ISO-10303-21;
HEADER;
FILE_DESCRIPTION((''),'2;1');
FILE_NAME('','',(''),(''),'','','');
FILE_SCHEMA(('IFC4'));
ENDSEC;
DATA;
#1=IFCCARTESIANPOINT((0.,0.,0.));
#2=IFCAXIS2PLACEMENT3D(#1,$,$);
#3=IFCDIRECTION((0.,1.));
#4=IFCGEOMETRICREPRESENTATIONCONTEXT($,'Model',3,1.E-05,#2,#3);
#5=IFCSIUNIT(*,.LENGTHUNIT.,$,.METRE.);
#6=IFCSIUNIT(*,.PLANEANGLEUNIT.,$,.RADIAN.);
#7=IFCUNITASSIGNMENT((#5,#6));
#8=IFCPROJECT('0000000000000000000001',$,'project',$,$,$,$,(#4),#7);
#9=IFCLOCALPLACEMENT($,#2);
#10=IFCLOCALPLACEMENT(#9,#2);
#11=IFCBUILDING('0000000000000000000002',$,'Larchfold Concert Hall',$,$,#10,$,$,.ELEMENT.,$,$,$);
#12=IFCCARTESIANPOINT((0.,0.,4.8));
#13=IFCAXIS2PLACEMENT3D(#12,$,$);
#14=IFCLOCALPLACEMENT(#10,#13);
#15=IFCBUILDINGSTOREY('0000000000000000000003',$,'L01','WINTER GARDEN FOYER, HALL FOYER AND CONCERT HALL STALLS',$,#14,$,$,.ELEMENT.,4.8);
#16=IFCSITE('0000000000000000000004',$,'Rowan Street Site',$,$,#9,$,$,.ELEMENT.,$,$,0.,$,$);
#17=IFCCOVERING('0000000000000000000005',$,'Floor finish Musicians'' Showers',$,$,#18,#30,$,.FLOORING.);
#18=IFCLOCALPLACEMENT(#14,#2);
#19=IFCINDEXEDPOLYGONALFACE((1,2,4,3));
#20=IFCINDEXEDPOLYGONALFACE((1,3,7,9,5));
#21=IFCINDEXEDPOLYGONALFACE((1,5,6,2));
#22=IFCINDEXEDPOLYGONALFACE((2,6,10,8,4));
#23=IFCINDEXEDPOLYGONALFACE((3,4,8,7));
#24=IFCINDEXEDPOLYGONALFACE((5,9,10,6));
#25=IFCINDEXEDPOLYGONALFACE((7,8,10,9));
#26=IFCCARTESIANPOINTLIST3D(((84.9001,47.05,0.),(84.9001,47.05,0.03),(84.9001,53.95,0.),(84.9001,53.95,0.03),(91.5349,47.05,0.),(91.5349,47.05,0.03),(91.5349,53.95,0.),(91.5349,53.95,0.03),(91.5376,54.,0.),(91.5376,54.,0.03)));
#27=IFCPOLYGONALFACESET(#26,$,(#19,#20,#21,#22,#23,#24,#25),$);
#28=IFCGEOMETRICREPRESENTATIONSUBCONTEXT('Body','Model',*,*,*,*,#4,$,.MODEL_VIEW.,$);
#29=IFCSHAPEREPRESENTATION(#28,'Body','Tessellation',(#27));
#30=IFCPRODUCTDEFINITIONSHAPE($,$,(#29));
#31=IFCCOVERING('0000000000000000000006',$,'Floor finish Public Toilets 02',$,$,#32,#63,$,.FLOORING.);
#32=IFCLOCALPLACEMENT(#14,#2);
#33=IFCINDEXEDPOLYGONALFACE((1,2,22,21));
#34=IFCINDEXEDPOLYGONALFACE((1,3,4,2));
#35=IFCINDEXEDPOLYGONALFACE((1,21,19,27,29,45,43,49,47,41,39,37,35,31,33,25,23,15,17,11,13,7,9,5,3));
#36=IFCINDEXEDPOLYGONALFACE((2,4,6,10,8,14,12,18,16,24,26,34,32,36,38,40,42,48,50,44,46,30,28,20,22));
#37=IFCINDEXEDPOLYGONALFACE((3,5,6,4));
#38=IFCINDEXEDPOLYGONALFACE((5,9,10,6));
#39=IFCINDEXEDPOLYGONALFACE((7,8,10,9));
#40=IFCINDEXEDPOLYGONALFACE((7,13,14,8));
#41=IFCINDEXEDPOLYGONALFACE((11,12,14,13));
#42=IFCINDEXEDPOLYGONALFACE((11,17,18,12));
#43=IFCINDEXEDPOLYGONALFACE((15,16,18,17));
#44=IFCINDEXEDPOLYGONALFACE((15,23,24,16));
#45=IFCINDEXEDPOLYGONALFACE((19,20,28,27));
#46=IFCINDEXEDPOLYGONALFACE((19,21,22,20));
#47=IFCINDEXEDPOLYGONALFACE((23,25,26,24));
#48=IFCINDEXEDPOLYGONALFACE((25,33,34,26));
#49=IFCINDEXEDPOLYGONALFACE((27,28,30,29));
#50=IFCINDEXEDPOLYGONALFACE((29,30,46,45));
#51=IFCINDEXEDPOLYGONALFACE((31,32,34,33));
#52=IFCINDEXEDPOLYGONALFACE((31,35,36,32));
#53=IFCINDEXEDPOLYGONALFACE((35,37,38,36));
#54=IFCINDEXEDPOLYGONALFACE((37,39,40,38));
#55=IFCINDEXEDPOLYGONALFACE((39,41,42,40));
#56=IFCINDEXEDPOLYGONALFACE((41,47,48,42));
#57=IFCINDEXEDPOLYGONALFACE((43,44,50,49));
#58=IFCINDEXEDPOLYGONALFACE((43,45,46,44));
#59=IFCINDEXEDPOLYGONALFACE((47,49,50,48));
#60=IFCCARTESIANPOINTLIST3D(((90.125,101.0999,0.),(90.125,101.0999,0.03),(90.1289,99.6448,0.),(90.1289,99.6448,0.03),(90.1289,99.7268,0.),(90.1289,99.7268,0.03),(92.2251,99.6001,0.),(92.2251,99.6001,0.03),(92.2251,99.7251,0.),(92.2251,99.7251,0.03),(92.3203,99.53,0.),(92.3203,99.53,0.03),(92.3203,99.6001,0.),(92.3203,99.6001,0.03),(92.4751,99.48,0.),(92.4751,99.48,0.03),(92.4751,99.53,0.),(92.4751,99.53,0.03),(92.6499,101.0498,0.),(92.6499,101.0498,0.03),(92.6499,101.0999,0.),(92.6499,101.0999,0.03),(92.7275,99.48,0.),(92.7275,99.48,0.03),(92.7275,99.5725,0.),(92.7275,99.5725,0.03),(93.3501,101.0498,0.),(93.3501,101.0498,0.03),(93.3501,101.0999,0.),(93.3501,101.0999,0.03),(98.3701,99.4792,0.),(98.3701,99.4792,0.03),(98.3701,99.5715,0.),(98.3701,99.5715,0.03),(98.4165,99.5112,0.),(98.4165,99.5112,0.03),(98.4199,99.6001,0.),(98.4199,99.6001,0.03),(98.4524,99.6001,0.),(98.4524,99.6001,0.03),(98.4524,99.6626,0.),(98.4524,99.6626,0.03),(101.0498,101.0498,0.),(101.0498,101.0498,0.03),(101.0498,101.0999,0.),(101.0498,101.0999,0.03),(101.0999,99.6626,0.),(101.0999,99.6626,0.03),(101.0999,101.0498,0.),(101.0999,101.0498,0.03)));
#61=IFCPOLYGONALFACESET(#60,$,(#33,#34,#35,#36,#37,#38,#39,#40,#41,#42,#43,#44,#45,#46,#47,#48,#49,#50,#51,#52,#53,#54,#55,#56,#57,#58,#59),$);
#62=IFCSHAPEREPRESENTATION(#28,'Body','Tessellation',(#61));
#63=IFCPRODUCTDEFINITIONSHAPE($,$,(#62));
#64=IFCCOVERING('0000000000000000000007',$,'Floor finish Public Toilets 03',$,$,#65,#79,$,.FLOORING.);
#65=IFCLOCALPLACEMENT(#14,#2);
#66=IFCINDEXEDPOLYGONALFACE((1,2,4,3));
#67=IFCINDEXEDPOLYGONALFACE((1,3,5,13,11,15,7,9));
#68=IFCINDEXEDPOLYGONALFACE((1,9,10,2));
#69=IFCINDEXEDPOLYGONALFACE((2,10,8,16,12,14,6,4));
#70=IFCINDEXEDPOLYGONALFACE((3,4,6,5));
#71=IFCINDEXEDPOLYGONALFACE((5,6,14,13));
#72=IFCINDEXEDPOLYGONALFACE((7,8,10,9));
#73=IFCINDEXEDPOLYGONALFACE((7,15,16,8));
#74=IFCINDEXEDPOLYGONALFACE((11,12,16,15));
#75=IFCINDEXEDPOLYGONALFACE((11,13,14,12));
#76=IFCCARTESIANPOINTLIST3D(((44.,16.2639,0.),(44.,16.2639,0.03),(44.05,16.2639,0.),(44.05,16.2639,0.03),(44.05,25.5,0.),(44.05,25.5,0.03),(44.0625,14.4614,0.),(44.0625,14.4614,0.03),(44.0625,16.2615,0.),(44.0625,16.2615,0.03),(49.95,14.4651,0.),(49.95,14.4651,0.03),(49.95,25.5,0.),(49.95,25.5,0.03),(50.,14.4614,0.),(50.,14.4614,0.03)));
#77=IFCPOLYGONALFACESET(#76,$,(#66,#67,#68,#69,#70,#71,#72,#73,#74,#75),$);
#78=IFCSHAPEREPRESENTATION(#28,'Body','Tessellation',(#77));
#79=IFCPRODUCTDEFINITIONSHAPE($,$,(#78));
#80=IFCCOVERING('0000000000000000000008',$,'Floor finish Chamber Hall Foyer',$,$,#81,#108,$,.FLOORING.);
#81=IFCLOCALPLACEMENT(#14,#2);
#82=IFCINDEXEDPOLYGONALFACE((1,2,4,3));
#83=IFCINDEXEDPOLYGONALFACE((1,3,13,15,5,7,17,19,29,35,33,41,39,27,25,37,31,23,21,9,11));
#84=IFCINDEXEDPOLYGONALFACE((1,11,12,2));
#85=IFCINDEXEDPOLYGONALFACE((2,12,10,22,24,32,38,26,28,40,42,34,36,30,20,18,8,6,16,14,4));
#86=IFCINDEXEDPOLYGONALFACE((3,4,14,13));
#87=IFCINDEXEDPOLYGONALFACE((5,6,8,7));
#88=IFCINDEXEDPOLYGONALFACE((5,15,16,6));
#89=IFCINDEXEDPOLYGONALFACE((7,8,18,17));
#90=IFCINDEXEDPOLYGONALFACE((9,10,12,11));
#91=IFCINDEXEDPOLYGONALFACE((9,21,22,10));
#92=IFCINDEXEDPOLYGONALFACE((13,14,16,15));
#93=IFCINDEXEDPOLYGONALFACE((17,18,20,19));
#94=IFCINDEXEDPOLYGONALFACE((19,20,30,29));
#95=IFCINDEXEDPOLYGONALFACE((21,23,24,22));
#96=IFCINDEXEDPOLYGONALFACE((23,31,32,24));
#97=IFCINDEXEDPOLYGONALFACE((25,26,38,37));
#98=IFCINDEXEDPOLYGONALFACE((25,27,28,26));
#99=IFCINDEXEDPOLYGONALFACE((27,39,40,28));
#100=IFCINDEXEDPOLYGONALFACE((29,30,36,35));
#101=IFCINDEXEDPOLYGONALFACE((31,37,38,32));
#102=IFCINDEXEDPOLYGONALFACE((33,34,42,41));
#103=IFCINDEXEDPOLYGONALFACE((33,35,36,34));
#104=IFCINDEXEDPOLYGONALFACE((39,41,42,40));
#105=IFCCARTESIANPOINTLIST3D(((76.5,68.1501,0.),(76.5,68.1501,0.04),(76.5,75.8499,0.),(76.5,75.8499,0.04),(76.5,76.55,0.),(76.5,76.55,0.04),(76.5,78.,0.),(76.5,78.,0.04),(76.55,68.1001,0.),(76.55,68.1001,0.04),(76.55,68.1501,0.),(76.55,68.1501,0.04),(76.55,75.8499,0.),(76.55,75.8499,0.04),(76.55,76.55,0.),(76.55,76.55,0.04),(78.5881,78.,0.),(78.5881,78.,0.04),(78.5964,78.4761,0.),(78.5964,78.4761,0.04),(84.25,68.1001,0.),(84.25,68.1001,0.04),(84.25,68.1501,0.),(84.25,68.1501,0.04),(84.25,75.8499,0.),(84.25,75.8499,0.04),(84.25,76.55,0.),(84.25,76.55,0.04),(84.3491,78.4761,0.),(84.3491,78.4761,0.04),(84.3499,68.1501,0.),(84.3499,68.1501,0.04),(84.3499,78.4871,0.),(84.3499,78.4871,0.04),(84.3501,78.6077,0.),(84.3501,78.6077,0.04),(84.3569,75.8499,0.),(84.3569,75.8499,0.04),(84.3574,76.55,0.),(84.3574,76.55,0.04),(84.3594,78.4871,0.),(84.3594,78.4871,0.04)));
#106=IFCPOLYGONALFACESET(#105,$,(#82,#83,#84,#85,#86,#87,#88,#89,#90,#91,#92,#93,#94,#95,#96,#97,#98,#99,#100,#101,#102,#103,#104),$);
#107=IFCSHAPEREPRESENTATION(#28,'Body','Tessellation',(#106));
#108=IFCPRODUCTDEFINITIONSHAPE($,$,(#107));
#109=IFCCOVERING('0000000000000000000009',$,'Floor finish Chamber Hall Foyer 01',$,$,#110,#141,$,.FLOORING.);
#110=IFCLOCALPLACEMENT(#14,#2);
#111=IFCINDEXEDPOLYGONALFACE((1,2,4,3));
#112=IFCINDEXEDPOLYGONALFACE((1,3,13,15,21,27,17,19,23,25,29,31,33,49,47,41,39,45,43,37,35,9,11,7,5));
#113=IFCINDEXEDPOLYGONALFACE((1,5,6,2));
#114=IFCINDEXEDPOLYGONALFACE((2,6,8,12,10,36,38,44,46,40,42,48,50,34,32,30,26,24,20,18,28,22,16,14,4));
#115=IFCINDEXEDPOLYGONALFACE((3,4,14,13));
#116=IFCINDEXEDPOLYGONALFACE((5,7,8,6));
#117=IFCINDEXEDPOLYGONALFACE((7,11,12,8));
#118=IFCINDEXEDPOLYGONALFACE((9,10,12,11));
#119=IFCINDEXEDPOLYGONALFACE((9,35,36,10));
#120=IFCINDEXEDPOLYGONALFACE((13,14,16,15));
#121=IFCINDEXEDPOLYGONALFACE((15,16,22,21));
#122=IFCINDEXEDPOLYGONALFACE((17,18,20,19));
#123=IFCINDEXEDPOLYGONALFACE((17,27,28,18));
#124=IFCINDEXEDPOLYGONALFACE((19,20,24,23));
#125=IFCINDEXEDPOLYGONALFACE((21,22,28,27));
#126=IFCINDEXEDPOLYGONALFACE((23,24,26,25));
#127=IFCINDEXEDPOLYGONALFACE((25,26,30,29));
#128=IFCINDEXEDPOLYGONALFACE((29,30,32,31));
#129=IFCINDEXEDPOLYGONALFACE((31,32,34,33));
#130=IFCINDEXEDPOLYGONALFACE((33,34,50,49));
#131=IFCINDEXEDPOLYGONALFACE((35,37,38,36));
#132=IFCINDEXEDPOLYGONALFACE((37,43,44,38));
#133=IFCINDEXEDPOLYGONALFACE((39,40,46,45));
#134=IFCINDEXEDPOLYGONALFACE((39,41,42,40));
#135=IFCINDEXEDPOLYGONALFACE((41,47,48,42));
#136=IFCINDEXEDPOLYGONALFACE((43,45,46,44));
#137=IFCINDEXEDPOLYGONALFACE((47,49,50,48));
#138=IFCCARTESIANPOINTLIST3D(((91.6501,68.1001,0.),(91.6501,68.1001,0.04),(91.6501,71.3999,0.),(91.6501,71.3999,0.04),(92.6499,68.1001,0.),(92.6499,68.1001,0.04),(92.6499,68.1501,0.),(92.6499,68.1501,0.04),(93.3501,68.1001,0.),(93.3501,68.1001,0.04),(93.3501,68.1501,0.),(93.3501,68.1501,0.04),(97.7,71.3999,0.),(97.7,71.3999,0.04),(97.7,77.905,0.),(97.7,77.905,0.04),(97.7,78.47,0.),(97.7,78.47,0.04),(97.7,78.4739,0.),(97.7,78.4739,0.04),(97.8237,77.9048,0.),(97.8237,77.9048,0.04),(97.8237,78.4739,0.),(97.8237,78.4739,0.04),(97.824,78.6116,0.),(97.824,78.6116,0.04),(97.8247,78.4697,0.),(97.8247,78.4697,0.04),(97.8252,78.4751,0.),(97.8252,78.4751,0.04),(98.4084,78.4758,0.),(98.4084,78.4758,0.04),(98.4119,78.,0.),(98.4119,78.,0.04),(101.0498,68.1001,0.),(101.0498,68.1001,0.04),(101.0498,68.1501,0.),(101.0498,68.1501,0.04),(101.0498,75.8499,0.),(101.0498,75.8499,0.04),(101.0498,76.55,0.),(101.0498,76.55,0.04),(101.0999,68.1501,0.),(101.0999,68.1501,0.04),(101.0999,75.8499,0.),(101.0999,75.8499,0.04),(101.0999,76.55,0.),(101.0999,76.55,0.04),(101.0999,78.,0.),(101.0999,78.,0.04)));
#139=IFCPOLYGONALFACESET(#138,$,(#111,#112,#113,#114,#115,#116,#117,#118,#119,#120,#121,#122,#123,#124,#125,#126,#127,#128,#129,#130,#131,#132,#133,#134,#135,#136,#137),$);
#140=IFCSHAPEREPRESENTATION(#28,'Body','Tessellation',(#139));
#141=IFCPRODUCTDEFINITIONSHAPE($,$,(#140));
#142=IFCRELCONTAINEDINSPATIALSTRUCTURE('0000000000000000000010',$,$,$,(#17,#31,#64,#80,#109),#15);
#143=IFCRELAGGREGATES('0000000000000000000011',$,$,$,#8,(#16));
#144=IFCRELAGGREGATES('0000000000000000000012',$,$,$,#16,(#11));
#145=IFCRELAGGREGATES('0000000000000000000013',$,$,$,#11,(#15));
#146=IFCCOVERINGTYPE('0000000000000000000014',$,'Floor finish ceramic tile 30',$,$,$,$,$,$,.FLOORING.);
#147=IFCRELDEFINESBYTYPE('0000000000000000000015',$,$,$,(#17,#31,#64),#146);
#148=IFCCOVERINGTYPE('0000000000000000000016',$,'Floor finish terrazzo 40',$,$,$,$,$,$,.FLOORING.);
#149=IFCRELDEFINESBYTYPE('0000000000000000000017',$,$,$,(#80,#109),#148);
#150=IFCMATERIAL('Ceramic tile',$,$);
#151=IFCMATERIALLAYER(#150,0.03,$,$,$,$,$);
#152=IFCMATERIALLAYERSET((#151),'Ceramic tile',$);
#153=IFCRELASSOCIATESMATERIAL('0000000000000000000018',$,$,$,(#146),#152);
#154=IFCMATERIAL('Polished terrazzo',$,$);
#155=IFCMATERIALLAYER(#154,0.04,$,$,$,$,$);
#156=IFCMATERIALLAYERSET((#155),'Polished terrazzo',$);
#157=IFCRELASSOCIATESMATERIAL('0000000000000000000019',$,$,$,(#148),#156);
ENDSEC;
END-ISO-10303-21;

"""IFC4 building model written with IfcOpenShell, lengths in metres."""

from ifc_helpers import new_model, si_unit, direction, frame, origin, place, context, subcontext, project, spatial, polyline, outline, extrude, material, layer, layer_set, type_object, element, save


model = new_model("IFC4")

# Units and contexts
model_context = context("Model", 3, precision=1e-05, world=origin(), true_north=direction((0.0, 1.0)))
body_context = subcontext(model_context, "Body", "Model", "MODEL_VIEW")
ifc_project = project(units=[si_unit("LENGTHUNIT", "METRE"), si_unit("PLANEANGLEUNIT", "RADIAN")], contexts=[model_context])

# Site, building, storey
site_placement = place(None, origin())
site = spatial("IfcSite", under=ifc_project, at=site_placement, Name="Rowan Street Site", CompositionType="ELEMENT", RefElevation=0.0)
building_placement = place(site_placement, origin())
building = spatial("IfcBuilding", under=site, at=building_placement, Name="Larchfold Concert Hall", CompositionType="ELEMENT")
storey_placement = place(building_placement, frame((0.0, 0.0, 4.8)))
storey = spatial("IfcBuildingStorey", under=building, at=storey_placement, Name="L01", Description="WINTER GARDEN FOYER, HALL FOYER AND CONCERT HALL STALLS", CompositionType="ELEMENT", Elevation=4.8)

# Coverings
ifc_material_1 = material(Name="Ceramic tile")
ifc_layer_1 = layer(ifc_material_1, 0.03)
ifc_layer_set_1 = layer_set([ifc_layer_1], Name="Ceramic tile")
covering_type_1 = type_object("IfcCoveringType", Name="Floor finish ceramic tile 30", PredefinedType="FLOORING", material=ifc_layer_set_1)
covering_1_placement = place(storey_placement, origin())
element("IfcCovering", 1, at=covering_1_placement, inside=storey, type_object=covering_type_1, Name="Floor finish Musicians' Showers", PredefinedType="FLOORING", context=body_context, shape_type="SweptSolid", body=[
    extrude(outline(polyline([(91.5349, 47.0), (91.5376, 54.0), (91.5349, 53.95), (84.9001, 53.95), (84.9001, 47.05), (91.5349, 47.05), (91.5349, 47.0)])), origin(), (0.0, 0.0, 1.0), 0.03),
])
covering_2_placement = place(storey_placement, origin())
element("IfcCovering", 2, at=covering_2_placement, inside=storey, type_object=covering_type_1, Name="Floor finish Public Toilets 02", PredefinedType="FLOORING", context=body_context, shape_type="SweptSolid", body=[
    extrude(outline(polyline([(90.1289, 99.6448), (90.1289, 99.7268), (92.2251, 99.7251), (92.2251, 99.6001), (92.3203, 99.6001), (92.3203, 99.53), (92.4751, 99.53), (92.4751, 99.48), (92.7275, 99.48), (92.7275, 99.5725), (98.3701, 99.5715), (98.3701, 99.4792), (98.4165, 99.5112), (98.4199, 99.6001), (98.4524, 99.6001), (98.4524, 99.6626), (101.0999, 99.6626), (101.0999, 101.0498), (101.0498, 101.0498), (101.0498, 101.0999), (93.3501, 101.0999), (93.3501, 101.0498), (92.6499, 101.0498), (92.6499, 101.0999), (90.125, 101.0999), (90.1289, 99.6448)])), origin(), (0.0, 0.0, 1.0), 0.03),
])
covering_3_placement = place(storey_placement, origin())
element("IfcCovering", 3, at=covering_3_placement, inside=storey, type_object=covering_type_1, Name="Floor finish Public Toilets 03", PredefinedType="FLOORING", context=body_context, shape_type="SweptSolid", body=[
    extrude(outline(polyline([(44.0, 16.2639), (44.0625, 16.2615), (44.0625, 14.4614), (50.0, 14.4614), (49.95, 14.4651), (49.95, 25.5), (44.05, 25.5), (44.05, 16.2639), (44.0, 16.2639)])), origin(), (0.0, 0.0, 1.0), 0.03),
])
ifc_material_2 = material(Name="Polished terrazzo")
ifc_layer_2 = layer(ifc_material_2, 0.04)
ifc_layer_set_2 = layer_set([ifc_layer_2], Name="Polished terrazzo")
covering_type_2 = type_object("IfcCoveringType", Name="Floor finish terrazzo 40", PredefinedType="FLOORING", material=ifc_layer_set_2)
covering_4_placement = place(storey_placement, origin())
element("IfcCovering", 4, at=covering_4_placement, inside=storey, type_object=covering_type_2, Name="Floor finish Chamber Hall Foyer", PredefinedType="FLOORING", context=body_context, shape_type="SweptSolid", body=[
    extrude(outline(polyline([(76.55, 68.1001), (84.25, 68.1001), (84.25, 68.1501), (84.3499, 68.1501), (84.3569, 75.8499), (84.25, 75.8499), (84.25, 76.55), (84.3574, 76.55), (84.3594, 78.4871), (84.3499, 78.4871), (84.3501, 78.6077), (84.3491, 78.4761), (78.5964, 78.4761), (78.5881, 78.0), (76.5, 78.0), (76.5, 76.55), (76.55, 76.55), (76.55, 75.8499), (76.5, 75.8499), (76.5, 68.1501), (76.55, 68.1501), (76.55, 68.1001)])), origin(), (0.0, 0.0, 1.0), 0.04),
])
covering_5_placement = place(storey_placement, origin())
element("IfcCovering", 5, at=covering_5_placement, inside=storey, type_object=covering_type_2, Name="Floor finish Chamber Hall Foyer 01", PredefinedType="FLOORING", context=body_context, shape_type="SweptSolid", body=[
    extrude(outline(polyline([(97.7, 77.905), (97.7, 71.3999), (91.6501, 71.3999), (91.6501, 68.1001), (92.6499, 68.1001), (92.6499, 68.1501), (93.3501, 68.1501), (93.3501, 68.1001), (101.0498, 68.1001), (101.0498, 68.1501), (101.0999, 68.1501), (101.0999, 75.8499), (101.0498, 75.8499), (101.0498, 76.55), (101.0999, 76.55), (101.0999, 78.0), (98.4119, 78.0), (98.4084, 78.4758), (97.8252, 78.4751), (97.824, 78.6116), (97.8237, 78.4739), (97.7, 78.4739), (97.7, 78.47), (97.8247, 78.4697), (97.8237, 77.9048), (97.7, 77.905)])), origin(), (0.0, 0.0, 1.0), 0.04),
])

save(model, "model.ifc")
